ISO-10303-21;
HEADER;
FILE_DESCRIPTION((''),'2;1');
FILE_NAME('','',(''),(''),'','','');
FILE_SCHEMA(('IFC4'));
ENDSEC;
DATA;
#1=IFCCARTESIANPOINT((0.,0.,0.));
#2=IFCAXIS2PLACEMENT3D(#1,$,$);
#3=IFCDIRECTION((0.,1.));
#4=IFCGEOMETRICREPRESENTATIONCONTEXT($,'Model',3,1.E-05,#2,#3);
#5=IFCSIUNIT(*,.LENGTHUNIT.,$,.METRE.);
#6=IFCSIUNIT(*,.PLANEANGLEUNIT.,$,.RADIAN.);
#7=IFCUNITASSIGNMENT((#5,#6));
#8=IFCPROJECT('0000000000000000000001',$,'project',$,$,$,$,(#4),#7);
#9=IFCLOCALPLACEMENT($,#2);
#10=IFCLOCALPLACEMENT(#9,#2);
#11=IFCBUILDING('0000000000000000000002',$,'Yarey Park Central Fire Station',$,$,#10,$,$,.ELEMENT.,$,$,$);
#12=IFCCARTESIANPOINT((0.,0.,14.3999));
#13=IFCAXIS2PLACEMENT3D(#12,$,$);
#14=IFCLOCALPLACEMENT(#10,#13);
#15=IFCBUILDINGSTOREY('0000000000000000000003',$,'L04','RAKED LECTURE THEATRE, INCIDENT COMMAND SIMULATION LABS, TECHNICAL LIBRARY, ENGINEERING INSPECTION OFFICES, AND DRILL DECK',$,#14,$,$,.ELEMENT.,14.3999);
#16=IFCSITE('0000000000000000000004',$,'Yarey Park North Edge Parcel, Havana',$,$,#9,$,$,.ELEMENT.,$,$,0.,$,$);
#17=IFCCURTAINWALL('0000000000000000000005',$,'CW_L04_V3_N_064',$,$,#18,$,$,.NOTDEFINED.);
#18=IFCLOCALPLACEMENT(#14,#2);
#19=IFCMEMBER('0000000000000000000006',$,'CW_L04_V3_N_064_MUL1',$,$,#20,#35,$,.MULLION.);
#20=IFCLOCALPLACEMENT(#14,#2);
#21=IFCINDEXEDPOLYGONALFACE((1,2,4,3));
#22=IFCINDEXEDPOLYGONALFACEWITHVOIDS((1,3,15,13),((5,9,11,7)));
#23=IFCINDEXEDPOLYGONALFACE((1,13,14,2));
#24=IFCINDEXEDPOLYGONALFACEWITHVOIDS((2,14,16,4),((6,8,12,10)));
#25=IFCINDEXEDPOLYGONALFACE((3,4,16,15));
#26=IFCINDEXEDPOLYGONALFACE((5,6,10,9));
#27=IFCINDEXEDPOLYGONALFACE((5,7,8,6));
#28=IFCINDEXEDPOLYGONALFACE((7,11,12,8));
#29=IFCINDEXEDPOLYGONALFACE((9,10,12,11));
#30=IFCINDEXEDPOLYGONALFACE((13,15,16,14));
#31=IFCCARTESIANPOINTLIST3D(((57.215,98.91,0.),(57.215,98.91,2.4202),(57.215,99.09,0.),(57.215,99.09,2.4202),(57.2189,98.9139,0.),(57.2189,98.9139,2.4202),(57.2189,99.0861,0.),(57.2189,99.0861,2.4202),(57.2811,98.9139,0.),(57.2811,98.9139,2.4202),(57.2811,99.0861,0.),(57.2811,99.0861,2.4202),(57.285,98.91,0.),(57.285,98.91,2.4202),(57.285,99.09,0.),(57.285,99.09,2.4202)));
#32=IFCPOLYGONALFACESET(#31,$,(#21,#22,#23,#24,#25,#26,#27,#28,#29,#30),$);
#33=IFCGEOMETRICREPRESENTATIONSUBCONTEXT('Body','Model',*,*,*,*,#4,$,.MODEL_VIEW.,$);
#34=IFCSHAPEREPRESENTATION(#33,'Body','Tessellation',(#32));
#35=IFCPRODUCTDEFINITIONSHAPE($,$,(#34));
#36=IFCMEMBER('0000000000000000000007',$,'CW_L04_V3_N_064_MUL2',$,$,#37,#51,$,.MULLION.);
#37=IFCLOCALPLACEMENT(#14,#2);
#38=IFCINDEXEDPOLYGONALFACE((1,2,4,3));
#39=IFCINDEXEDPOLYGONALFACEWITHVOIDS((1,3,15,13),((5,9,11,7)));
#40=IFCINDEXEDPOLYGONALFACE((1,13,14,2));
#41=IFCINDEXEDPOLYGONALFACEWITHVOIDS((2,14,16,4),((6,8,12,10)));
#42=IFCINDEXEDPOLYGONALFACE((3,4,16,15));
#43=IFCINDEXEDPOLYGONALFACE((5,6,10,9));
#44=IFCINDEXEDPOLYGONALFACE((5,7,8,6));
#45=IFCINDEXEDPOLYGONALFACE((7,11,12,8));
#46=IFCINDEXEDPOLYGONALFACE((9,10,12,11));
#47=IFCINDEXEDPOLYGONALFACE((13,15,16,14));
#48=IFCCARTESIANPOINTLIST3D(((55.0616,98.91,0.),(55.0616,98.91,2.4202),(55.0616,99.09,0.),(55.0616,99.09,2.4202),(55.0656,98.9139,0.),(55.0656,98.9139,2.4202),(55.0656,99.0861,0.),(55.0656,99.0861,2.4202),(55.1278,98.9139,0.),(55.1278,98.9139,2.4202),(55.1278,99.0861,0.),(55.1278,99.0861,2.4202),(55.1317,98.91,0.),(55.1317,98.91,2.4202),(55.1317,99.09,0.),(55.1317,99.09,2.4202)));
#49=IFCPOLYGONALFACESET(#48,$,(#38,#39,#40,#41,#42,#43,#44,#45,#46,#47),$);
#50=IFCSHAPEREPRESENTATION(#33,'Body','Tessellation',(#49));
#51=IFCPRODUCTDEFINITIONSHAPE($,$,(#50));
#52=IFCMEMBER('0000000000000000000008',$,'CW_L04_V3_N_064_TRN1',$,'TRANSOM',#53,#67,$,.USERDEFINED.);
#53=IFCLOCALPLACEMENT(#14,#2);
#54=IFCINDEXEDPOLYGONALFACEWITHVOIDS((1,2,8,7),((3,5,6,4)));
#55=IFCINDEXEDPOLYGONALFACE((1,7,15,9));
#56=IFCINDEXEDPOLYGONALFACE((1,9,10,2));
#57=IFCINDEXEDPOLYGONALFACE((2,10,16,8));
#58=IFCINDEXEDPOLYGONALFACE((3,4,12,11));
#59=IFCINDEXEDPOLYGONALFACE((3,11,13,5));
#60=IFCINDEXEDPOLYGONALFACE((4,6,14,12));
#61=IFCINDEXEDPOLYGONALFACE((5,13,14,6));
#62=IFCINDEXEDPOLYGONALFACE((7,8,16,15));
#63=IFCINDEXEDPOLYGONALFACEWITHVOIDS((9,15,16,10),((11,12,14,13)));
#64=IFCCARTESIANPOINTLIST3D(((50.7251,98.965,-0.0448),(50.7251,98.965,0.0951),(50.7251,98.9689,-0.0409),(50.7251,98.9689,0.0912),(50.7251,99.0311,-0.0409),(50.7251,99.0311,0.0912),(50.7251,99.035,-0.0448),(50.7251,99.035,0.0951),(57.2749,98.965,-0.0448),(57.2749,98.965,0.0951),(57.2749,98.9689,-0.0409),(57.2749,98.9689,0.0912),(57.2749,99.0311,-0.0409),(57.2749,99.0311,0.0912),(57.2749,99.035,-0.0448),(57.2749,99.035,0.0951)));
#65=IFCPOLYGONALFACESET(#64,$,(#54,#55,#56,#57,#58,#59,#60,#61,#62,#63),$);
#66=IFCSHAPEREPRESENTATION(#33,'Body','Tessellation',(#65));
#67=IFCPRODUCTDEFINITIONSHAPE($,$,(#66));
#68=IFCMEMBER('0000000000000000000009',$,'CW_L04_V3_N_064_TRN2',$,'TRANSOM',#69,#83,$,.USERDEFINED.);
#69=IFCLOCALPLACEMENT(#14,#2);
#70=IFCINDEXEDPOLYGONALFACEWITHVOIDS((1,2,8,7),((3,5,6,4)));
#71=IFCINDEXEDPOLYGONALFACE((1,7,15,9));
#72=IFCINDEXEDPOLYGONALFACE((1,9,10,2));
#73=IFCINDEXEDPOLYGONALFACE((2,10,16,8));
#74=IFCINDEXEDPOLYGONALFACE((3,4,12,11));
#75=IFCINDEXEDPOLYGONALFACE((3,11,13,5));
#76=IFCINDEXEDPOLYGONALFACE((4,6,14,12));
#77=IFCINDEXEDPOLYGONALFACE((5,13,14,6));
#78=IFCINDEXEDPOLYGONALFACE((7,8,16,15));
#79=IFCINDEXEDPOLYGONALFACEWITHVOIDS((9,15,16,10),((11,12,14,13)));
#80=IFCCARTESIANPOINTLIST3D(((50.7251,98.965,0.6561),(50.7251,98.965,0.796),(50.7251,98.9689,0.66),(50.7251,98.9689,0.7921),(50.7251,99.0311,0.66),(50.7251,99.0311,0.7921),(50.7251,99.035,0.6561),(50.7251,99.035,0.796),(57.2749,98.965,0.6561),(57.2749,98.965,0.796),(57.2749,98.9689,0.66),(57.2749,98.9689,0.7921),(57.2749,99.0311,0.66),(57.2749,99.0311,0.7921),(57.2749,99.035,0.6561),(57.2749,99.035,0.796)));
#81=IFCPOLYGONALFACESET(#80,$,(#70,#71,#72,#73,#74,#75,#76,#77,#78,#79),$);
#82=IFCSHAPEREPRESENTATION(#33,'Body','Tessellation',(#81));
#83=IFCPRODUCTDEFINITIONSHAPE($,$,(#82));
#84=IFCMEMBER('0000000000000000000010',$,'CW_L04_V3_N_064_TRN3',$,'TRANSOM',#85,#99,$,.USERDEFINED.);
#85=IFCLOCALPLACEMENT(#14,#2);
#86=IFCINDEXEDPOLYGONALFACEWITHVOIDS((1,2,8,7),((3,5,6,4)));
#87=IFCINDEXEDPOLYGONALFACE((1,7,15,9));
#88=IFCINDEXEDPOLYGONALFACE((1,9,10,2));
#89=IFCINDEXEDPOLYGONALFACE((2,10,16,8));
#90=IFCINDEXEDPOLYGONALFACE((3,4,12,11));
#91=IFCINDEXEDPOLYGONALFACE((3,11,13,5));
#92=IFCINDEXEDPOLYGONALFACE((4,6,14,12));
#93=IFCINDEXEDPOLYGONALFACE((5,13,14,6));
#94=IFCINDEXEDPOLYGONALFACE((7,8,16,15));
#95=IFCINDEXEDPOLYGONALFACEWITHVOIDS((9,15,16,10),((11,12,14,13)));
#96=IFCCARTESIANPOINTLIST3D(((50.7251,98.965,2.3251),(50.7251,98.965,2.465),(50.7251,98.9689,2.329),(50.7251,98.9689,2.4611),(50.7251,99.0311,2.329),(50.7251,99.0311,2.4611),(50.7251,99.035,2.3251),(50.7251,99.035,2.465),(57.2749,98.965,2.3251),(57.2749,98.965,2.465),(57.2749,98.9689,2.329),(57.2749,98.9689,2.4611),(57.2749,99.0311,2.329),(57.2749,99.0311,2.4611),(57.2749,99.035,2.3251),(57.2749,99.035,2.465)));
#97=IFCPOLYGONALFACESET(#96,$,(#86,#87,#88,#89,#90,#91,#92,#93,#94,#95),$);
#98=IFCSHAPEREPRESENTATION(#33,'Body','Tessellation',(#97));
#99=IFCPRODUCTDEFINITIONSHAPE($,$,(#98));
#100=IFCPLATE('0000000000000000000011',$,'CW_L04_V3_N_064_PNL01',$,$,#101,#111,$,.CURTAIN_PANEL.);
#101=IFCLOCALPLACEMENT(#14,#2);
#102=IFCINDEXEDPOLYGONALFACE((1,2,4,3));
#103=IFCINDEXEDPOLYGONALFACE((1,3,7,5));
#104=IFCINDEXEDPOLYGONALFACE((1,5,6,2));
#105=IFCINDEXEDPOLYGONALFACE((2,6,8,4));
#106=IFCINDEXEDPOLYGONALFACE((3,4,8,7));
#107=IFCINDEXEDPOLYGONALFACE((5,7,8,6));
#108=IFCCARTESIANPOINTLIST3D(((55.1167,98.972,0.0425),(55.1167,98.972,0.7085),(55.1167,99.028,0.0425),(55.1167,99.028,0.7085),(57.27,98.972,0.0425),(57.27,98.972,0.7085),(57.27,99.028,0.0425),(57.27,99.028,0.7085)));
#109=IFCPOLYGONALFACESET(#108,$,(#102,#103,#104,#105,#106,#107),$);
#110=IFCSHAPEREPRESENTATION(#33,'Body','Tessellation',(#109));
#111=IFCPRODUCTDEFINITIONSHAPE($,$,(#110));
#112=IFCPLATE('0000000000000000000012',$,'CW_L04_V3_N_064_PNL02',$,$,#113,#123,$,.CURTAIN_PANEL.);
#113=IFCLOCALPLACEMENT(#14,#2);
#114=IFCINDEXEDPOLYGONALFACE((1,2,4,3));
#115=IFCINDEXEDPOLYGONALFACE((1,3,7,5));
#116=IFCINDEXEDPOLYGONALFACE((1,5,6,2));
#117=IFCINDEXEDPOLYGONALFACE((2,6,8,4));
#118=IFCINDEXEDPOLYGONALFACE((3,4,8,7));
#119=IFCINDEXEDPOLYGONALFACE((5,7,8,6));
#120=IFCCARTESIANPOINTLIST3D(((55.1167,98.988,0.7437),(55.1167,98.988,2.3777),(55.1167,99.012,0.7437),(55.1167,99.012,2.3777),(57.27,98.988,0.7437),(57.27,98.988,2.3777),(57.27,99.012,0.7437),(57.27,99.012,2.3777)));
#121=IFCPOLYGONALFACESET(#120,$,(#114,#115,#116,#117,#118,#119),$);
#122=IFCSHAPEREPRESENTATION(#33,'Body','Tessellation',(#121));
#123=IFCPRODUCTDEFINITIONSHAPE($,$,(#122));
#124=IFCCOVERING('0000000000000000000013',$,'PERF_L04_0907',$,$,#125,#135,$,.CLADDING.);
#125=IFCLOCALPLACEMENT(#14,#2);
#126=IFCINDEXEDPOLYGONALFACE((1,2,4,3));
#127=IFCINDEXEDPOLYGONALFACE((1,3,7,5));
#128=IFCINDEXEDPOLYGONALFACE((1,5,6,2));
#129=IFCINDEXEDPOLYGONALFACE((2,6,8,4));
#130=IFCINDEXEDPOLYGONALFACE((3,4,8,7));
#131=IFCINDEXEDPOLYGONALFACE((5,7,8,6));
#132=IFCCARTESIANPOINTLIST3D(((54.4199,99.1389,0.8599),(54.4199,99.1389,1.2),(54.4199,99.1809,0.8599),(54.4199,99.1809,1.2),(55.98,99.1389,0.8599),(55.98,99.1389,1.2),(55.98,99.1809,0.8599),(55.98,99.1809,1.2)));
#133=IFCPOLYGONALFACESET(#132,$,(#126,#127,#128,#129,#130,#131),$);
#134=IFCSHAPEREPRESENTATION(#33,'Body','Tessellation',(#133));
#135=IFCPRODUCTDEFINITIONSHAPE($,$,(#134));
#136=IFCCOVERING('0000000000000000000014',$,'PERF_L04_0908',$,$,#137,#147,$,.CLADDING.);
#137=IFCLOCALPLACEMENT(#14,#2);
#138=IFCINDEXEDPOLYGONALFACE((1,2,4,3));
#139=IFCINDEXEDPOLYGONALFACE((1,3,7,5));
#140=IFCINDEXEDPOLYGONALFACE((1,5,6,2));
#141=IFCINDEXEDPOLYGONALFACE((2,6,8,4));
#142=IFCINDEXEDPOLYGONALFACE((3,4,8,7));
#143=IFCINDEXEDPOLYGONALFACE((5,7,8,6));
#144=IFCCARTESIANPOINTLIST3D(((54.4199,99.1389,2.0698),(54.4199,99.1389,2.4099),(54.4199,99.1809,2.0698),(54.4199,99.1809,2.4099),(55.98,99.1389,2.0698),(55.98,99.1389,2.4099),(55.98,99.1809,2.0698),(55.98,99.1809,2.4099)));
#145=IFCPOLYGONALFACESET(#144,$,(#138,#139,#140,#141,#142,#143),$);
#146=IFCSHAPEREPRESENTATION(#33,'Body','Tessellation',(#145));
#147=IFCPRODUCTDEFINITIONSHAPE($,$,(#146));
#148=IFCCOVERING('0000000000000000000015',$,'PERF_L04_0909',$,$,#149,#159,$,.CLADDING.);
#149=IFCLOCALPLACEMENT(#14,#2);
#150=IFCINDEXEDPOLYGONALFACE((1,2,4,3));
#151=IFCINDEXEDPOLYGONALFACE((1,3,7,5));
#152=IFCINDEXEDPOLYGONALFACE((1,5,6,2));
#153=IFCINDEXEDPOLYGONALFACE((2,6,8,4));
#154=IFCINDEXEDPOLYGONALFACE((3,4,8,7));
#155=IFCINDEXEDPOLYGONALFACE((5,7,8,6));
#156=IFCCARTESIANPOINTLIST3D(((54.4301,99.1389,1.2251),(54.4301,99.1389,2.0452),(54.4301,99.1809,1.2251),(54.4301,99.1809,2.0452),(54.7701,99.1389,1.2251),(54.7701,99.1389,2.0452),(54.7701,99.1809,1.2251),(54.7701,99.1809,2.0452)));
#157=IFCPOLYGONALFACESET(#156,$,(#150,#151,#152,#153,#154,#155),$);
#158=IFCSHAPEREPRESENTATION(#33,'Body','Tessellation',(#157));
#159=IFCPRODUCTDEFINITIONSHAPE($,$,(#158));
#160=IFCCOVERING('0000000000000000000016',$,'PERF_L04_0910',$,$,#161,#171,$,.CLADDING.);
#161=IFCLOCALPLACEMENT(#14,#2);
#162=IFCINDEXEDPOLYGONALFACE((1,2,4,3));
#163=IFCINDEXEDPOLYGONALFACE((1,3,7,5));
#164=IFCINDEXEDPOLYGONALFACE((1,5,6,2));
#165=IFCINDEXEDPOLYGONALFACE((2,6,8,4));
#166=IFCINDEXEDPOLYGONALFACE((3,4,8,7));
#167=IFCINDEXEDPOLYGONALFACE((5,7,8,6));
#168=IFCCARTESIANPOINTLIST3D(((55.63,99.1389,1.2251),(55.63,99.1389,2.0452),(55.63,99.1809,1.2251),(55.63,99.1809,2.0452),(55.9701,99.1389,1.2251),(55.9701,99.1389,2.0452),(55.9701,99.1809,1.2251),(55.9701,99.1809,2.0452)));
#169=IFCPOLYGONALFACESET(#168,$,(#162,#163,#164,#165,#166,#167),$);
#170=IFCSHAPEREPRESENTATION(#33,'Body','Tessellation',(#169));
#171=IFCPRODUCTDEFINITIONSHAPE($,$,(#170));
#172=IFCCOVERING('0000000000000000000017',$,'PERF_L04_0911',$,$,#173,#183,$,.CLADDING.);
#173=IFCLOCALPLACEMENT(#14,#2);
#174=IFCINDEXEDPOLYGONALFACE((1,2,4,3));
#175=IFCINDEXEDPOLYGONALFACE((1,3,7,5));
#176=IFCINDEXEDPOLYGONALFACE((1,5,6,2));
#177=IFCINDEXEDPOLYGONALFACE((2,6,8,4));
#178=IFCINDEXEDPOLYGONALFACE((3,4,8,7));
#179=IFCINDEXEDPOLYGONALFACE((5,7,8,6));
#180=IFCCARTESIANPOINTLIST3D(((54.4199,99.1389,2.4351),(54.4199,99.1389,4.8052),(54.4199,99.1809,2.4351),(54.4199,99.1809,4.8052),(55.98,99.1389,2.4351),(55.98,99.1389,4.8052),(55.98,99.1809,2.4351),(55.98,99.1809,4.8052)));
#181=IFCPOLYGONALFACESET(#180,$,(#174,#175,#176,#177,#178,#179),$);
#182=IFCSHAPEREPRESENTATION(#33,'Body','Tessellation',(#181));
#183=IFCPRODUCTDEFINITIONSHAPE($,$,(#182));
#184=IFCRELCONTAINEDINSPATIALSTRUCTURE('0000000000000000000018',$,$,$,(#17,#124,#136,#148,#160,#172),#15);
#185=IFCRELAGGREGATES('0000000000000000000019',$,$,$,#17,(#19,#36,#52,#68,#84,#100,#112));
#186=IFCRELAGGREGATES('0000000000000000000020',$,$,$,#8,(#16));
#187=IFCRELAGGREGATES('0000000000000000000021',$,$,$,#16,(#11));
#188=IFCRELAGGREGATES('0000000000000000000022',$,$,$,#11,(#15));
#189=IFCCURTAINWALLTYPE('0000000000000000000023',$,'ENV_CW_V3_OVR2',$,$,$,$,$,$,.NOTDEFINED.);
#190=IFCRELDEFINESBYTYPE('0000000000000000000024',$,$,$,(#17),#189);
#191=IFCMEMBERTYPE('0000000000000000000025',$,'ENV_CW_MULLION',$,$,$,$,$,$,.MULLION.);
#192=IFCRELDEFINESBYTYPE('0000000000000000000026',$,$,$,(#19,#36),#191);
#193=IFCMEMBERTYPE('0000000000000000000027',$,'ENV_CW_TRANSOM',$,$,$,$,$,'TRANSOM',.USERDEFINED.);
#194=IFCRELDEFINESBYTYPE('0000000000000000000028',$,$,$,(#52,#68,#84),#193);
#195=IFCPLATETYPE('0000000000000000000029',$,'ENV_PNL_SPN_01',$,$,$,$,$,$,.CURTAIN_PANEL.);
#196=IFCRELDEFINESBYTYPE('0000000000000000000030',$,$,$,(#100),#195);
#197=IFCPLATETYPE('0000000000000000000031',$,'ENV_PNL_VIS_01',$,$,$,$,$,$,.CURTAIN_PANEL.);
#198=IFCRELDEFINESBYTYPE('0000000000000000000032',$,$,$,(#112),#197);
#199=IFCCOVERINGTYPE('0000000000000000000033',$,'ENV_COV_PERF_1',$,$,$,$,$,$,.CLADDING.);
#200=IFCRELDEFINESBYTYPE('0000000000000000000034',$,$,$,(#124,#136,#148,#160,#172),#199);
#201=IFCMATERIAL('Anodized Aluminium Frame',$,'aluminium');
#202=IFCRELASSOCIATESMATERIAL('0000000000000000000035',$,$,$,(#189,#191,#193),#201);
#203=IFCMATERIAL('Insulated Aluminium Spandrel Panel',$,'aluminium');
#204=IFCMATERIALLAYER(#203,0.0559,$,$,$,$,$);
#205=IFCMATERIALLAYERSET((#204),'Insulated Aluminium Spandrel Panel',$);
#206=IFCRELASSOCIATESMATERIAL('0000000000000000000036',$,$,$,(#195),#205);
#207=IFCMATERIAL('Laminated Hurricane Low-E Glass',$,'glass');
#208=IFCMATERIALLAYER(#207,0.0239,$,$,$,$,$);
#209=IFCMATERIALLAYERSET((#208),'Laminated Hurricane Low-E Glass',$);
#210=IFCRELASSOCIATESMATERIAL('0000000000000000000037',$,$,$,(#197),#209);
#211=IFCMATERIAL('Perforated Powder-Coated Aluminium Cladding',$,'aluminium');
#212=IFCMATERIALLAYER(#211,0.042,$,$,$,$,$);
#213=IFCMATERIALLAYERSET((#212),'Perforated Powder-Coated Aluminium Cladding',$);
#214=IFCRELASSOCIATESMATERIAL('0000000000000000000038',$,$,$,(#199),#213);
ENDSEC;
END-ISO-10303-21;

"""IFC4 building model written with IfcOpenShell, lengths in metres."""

from ifc_helpers import new_model, si_unit, direction, frame, origin, origin_2d, place, context, subcontext, project, spatial, rectangle, hollow_rectangle, extrude, material, layer, layer_set, material_profile, profile_set, type_object, element, aggregate, save


model = new_model("IFC4")

# Units and contexts
model_context = context("Model", 3, precision=1e-05, world=origin(), true_north=direction((0.0, 1.0)))
body_context = subcontext(model_context, "Body", "Model", "MODEL_VIEW")
ifc_project = project(units=[si_unit("LENGTHUNIT", "METRE"), si_unit("PLANEANGLEUNIT", "RADIAN")], contexts=[model_context])

# Site, building, storey
site_placement = place(None, origin())
site = spatial("IfcSite", under=ifc_project, at=site_placement, Name="Yarey Park North Edge Parcel, Havana", CompositionType="ELEMENT", RefElevation=0.0)
building_placement = place(site_placement, origin())
building = spatial("IfcBuilding", under=site, at=building_placement, Name="Yarey Park Central Fire Station", CompositionType="ELEMENT")
storey_placement = place(building_placement, frame((0.0, 0.0, 14.3999)))
storey = spatial("IfcBuildingStorey", under=building, at=storey_placement, Name="L04", Description="RAKED LECTURE THEATRE, INCIDENT COMMAND SIMULATION LABS, TECHNICAL LIBRARY, ENGINEERING INSPECTION OFFICES, AND DRILL DECK", CompositionType="ELEMENT", Elevation=14.3999)

# Curtain wall, members, plates
ifc_material_1 = material(Name="Anodized Aluminium Frame", Category="aluminium")
curtain_wall_type = type_object("IfcCurtainWallType", Name="ENV_CW_V3_OVR2", PredefinedType="NOTDEFINED", material=ifc_material_1)
curtain_wall_placement = place(storey_placement, origin())
curtain_wall = element("IfcCurtainWall", 1, at=curtain_wall_placement, inside=storey, type_object=curtain_wall_type, Name="CW_L04_V3_N_064", PredefinedType="NOTDEFINED")
ifc_material_profile_1 = material_profile(ifc_material_1, hollow_rectangle(XDim=0.0701, YDim=0.1799, WallThickness=0.0039, at=origin_2d()), Name="ALU 180x70x4")
ifc_profile_set_1 = profile_set([ifc_material_profile_1], Name="Anodized Aluminium Frame")
member_type_1 = type_object("IfcMemberType", Name="ENV_CW_MULLION", PredefinedType="MULLION", material=ifc_profile_set_1)
member_1_placement = place(storey_placement, frame((57.25, 99.0, 0.0), z_axis=(0.0, 0.0, 1.0), x_axis=(1.0, 0.0, 0.0)))
member_1 = element("IfcMember", 2, at=member_1_placement, type_object=member_type_1, Name="CW_L04_V3_N_064_MUL1", PredefinedType="MULLION", context=body_context, shape_type="SweptSolid", body=[
    extrude(hollow_rectangle(XDim=0.0701, YDim=0.1799, WallThickness=0.0039, at=origin_2d()), origin(), (0.0, 0.0, 1.0), 2.4202),
])
member_2_placement = place(storey_placement, frame((55.0967, 99.0, 0.0), z_axis=(0.0, 0.0, 1.0), x_axis=(1.0, 0.0, 0.0)))
member_2 = element("IfcMember", 3, at=member_2_placement, type_object=member_type_1, Name="CW_L04_V3_N_064_MUL2", PredefinedType="MULLION", context=body_context, shape_type="SweptSolid", body=[
    extrude(hollow_rectangle(XDim=0.0701, YDim=0.1799, WallThickness=0.0039, at=origin_2d()), origin(), (0.0, 0.0, 1.0), 2.4202),
])
ifc_material_profile_2 = material_profile(ifc_material_1, hollow_rectangle(XDim=0.0701, YDim=0.1399, WallThickness=0.0039, at=origin_2d()), Name="ALU 140x70x4")
ifc_profile_set_2 = profile_set([ifc_material_profile_2], Name="Anodized Aluminium Frame")
member_type_2 = type_object("IfcMemberType", Name="ENV_CW_TRANSOM", ElementType="TRANSOM", PredefinedType="USERDEFINED", material=ifc_profile_set_2)
member_3_placement = place(storey_placement, frame((57.2749, 99.0, 0.0251), z_axis=(-1.0, 0.0, 0.0), x_axis=(0.0, -1.0, 0.0)))
member_3 = element("IfcMember", 4, at=member_3_placement, type_object=member_type_2, Name="CW_L04_V3_N_064_TRN1", ObjectType="TRANSOM", PredefinedType="USERDEFINED", context=body_context, shape_type="SweptSolid", body=[
    extrude(hollow_rectangle(XDim=0.0701, YDim=0.1399, WallThickness=0.0039, at=origin_2d()), origin(), (0.0, 0.0, 1.0), 6.5498),
])
member_4_placement = place(storey_placement, frame((57.2749, 99.0, 0.7261), z_axis=(-1.0, 0.0, 0.0), x_axis=(0.0, -1.0, 0.0)))
member_4 = element("IfcMember", 5, at=member_4_placement, type_object=member_type_2, Name="CW_L04_V3_N_064_TRN2", ObjectType="TRANSOM", PredefinedType="USERDEFINED", context=body_context, shape_type="SweptSolid", body=[
    extrude(hollow_rectangle(XDim=0.0701, YDim=0.1399, WallThickness=0.0039, at=origin_2d()), origin(), (0.0, 0.0, 1.0), 6.5498),
])
member_5_placement = place(storey_placement, frame((57.2749, 99.0, 2.395), z_axis=(-1.0, 0.0, 0.0), x_axis=(0.0, -1.0, 0.0)))
member_5 = element("IfcMember", 6, at=member_5_placement, type_object=member_type_2, Name="CW_L04_V3_N_064_TRN3", ObjectType="TRANSOM", PredefinedType="USERDEFINED", context=body_context, shape_type="SweptSolid", body=[
    extrude(hollow_rectangle(XDim=0.0701, YDim=0.1399, WallThickness=0.0039, at=origin_2d()), origin(), (0.0, 0.0, 1.0), 6.5498),
])
ifc_material_2 = material(Name="Insulated Aluminium Spandrel Panel", Category="aluminium")
ifc_layer_1 = layer(ifc_material_2, 0.0559)
ifc_layer_set_1 = layer_set([ifc_layer_1], Name="Insulated Aluminium Spandrel Panel")
plate_type_1 = type_object("IfcPlateType", Name="ENV_PNL_SPN_01", PredefinedType="CURTAIN_PANEL", material=ifc_layer_set_1)
plate_1_placement = place(storey_placement, frame((56.1934, 99.0, 0.0425), z_axis=(0.0, 0.0, 1.0), x_axis=(-1.0, 0.0, 0.0)))
plate_1 = element("IfcPlate", 7, at=plate_1_placement, type_object=plate_type_1, Name="CW_L04_V3_N_064_PNL01", PredefinedType="CURTAIN_PANEL", context=body_context, shape_type="SweptSolid", body=[
    extrude(rectangle(XDim=2.1533, YDim=0.0559, at=origin_2d()), origin(), (0.0, 0.0, 1.0), 0.666),
])
ifc_material_3 = material(Name="Laminated Hurricane Low-E Glass", Category="glass")
ifc_layer_2 = layer(ifc_material_3, 0.0239)
ifc_layer_set_2 = layer_set([ifc_layer_2], Name="Laminated Hurricane Low-E Glass")
plate_type_2 = type_object("IfcPlateType", Name="ENV_PNL_VIS_01", PredefinedType="CURTAIN_PANEL", material=ifc_layer_set_2)
plate_2_placement = place(storey_placement, frame((56.1934, 99.0, 0.7437), z_axis=(0.0, 0.0, 1.0), x_axis=(-1.0, 0.0, 0.0)))
plate_2 = element("IfcPlate", 8, at=plate_2_placement, type_object=plate_type_2, Name="CW_L04_V3_N_064_PNL02", PredefinedType="CURTAIN_PANEL", context=body_context, shape_type="SweptSolid", body=[
    extrude(rectangle(XDim=2.1533, YDim=0.0239, at=origin_2d()), origin(), (0.0, 0.0, 1.0), 1.634),
])
aggregate(curtain_wall, [member_1, member_2, member_3, member_4, member_5, plate_1, plate_2])

# Coverings
ifc_material_4 = material(Name="Perforated Powder-Coated Aluminium Cladding", Category="aluminium")
ifc_layer_3 = layer(ifc_material_4, 0.042)
ifc_layer_set_3 = layer_set([ifc_layer_3], Name="Perforated Powder-Coated Aluminium Cladding")
covering_type_1 = type_object("IfcCoveringType", Name="ENV_COV_PERF_1", PredefinedType="CLADDING", material=ifc_layer_set_3)
for number, where, z_axis, x_axis, name in (
    (9, (55.2, 99.1599, 0.8599), (0.0, 0.0, 1.0), (1.0, 0.0, 0.0), "PERF_L04_0907"),
    (10, (55.2, 99.1599, 2.0698), (0.0, 0.0, 1.0), (1.0, 0.0, 0.0), "PERF_L04_0908"),
):
    element("IfcCovering", number, at=place(storey_placement, frame(where, z_axis=z_axis, x_axis=x_axis)), inside=storey, type_object=covering_type_1, Name=name, PredefinedType="CLADDING", context=body_context, shape_type="SweptSolid", body=[
        extrude(rectangle(XDim=1.5601, YDim=0.042, at=origin_2d()), origin(), (0.0, 0.0, 1.0), 0.3401),
    ])
for number, where, z_axis, x_axis, name in (
    (11, (54.6001, 99.1599, 1.2251), (0.0, 0.0, 1.0), (1.0, 0.0, 0.0), "PERF_L04_0909"),
    (12, (55.8, 99.1599, 1.2251), (0.0, 0.0, 1.0), (1.0, 0.0, 0.0), "PERF_L04_0910"),
):
    element("IfcCovering", number, at=place(storey_placement, frame(where, z_axis=z_axis, x_axis=x_axis)), inside=storey, type_object=covering_type_1, Name=name, PredefinedType="CLADDING", context=body_context, shape_type="SweptSolid", body=[
        extrude(rectangle(XDim=0.3401, YDim=0.042, at=origin_2d()), origin(), (0.0, 0.0, 1.0), 0.8201),
    ])
covering_1_placement = place(storey_placement, frame((55.2, 99.1599, 2.4351), z_axis=(0.0, 0.0, 1.0), x_axis=(1.0, 0.0, 0.0)))
element("IfcCovering", 13, at=covering_1_placement, inside=storey, type_object=covering_type_1, Name="PERF_L04_0911", PredefinedType="CLADDING", context=body_context, shape_type="SweptSolid", body=[
    extrude(rectangle(XDim=1.5601, YDim=0.042, at=origin_2d()), origin(), (0.0, 0.0, 1.0), 2.3701),
])

save(model, "model.ifc")
